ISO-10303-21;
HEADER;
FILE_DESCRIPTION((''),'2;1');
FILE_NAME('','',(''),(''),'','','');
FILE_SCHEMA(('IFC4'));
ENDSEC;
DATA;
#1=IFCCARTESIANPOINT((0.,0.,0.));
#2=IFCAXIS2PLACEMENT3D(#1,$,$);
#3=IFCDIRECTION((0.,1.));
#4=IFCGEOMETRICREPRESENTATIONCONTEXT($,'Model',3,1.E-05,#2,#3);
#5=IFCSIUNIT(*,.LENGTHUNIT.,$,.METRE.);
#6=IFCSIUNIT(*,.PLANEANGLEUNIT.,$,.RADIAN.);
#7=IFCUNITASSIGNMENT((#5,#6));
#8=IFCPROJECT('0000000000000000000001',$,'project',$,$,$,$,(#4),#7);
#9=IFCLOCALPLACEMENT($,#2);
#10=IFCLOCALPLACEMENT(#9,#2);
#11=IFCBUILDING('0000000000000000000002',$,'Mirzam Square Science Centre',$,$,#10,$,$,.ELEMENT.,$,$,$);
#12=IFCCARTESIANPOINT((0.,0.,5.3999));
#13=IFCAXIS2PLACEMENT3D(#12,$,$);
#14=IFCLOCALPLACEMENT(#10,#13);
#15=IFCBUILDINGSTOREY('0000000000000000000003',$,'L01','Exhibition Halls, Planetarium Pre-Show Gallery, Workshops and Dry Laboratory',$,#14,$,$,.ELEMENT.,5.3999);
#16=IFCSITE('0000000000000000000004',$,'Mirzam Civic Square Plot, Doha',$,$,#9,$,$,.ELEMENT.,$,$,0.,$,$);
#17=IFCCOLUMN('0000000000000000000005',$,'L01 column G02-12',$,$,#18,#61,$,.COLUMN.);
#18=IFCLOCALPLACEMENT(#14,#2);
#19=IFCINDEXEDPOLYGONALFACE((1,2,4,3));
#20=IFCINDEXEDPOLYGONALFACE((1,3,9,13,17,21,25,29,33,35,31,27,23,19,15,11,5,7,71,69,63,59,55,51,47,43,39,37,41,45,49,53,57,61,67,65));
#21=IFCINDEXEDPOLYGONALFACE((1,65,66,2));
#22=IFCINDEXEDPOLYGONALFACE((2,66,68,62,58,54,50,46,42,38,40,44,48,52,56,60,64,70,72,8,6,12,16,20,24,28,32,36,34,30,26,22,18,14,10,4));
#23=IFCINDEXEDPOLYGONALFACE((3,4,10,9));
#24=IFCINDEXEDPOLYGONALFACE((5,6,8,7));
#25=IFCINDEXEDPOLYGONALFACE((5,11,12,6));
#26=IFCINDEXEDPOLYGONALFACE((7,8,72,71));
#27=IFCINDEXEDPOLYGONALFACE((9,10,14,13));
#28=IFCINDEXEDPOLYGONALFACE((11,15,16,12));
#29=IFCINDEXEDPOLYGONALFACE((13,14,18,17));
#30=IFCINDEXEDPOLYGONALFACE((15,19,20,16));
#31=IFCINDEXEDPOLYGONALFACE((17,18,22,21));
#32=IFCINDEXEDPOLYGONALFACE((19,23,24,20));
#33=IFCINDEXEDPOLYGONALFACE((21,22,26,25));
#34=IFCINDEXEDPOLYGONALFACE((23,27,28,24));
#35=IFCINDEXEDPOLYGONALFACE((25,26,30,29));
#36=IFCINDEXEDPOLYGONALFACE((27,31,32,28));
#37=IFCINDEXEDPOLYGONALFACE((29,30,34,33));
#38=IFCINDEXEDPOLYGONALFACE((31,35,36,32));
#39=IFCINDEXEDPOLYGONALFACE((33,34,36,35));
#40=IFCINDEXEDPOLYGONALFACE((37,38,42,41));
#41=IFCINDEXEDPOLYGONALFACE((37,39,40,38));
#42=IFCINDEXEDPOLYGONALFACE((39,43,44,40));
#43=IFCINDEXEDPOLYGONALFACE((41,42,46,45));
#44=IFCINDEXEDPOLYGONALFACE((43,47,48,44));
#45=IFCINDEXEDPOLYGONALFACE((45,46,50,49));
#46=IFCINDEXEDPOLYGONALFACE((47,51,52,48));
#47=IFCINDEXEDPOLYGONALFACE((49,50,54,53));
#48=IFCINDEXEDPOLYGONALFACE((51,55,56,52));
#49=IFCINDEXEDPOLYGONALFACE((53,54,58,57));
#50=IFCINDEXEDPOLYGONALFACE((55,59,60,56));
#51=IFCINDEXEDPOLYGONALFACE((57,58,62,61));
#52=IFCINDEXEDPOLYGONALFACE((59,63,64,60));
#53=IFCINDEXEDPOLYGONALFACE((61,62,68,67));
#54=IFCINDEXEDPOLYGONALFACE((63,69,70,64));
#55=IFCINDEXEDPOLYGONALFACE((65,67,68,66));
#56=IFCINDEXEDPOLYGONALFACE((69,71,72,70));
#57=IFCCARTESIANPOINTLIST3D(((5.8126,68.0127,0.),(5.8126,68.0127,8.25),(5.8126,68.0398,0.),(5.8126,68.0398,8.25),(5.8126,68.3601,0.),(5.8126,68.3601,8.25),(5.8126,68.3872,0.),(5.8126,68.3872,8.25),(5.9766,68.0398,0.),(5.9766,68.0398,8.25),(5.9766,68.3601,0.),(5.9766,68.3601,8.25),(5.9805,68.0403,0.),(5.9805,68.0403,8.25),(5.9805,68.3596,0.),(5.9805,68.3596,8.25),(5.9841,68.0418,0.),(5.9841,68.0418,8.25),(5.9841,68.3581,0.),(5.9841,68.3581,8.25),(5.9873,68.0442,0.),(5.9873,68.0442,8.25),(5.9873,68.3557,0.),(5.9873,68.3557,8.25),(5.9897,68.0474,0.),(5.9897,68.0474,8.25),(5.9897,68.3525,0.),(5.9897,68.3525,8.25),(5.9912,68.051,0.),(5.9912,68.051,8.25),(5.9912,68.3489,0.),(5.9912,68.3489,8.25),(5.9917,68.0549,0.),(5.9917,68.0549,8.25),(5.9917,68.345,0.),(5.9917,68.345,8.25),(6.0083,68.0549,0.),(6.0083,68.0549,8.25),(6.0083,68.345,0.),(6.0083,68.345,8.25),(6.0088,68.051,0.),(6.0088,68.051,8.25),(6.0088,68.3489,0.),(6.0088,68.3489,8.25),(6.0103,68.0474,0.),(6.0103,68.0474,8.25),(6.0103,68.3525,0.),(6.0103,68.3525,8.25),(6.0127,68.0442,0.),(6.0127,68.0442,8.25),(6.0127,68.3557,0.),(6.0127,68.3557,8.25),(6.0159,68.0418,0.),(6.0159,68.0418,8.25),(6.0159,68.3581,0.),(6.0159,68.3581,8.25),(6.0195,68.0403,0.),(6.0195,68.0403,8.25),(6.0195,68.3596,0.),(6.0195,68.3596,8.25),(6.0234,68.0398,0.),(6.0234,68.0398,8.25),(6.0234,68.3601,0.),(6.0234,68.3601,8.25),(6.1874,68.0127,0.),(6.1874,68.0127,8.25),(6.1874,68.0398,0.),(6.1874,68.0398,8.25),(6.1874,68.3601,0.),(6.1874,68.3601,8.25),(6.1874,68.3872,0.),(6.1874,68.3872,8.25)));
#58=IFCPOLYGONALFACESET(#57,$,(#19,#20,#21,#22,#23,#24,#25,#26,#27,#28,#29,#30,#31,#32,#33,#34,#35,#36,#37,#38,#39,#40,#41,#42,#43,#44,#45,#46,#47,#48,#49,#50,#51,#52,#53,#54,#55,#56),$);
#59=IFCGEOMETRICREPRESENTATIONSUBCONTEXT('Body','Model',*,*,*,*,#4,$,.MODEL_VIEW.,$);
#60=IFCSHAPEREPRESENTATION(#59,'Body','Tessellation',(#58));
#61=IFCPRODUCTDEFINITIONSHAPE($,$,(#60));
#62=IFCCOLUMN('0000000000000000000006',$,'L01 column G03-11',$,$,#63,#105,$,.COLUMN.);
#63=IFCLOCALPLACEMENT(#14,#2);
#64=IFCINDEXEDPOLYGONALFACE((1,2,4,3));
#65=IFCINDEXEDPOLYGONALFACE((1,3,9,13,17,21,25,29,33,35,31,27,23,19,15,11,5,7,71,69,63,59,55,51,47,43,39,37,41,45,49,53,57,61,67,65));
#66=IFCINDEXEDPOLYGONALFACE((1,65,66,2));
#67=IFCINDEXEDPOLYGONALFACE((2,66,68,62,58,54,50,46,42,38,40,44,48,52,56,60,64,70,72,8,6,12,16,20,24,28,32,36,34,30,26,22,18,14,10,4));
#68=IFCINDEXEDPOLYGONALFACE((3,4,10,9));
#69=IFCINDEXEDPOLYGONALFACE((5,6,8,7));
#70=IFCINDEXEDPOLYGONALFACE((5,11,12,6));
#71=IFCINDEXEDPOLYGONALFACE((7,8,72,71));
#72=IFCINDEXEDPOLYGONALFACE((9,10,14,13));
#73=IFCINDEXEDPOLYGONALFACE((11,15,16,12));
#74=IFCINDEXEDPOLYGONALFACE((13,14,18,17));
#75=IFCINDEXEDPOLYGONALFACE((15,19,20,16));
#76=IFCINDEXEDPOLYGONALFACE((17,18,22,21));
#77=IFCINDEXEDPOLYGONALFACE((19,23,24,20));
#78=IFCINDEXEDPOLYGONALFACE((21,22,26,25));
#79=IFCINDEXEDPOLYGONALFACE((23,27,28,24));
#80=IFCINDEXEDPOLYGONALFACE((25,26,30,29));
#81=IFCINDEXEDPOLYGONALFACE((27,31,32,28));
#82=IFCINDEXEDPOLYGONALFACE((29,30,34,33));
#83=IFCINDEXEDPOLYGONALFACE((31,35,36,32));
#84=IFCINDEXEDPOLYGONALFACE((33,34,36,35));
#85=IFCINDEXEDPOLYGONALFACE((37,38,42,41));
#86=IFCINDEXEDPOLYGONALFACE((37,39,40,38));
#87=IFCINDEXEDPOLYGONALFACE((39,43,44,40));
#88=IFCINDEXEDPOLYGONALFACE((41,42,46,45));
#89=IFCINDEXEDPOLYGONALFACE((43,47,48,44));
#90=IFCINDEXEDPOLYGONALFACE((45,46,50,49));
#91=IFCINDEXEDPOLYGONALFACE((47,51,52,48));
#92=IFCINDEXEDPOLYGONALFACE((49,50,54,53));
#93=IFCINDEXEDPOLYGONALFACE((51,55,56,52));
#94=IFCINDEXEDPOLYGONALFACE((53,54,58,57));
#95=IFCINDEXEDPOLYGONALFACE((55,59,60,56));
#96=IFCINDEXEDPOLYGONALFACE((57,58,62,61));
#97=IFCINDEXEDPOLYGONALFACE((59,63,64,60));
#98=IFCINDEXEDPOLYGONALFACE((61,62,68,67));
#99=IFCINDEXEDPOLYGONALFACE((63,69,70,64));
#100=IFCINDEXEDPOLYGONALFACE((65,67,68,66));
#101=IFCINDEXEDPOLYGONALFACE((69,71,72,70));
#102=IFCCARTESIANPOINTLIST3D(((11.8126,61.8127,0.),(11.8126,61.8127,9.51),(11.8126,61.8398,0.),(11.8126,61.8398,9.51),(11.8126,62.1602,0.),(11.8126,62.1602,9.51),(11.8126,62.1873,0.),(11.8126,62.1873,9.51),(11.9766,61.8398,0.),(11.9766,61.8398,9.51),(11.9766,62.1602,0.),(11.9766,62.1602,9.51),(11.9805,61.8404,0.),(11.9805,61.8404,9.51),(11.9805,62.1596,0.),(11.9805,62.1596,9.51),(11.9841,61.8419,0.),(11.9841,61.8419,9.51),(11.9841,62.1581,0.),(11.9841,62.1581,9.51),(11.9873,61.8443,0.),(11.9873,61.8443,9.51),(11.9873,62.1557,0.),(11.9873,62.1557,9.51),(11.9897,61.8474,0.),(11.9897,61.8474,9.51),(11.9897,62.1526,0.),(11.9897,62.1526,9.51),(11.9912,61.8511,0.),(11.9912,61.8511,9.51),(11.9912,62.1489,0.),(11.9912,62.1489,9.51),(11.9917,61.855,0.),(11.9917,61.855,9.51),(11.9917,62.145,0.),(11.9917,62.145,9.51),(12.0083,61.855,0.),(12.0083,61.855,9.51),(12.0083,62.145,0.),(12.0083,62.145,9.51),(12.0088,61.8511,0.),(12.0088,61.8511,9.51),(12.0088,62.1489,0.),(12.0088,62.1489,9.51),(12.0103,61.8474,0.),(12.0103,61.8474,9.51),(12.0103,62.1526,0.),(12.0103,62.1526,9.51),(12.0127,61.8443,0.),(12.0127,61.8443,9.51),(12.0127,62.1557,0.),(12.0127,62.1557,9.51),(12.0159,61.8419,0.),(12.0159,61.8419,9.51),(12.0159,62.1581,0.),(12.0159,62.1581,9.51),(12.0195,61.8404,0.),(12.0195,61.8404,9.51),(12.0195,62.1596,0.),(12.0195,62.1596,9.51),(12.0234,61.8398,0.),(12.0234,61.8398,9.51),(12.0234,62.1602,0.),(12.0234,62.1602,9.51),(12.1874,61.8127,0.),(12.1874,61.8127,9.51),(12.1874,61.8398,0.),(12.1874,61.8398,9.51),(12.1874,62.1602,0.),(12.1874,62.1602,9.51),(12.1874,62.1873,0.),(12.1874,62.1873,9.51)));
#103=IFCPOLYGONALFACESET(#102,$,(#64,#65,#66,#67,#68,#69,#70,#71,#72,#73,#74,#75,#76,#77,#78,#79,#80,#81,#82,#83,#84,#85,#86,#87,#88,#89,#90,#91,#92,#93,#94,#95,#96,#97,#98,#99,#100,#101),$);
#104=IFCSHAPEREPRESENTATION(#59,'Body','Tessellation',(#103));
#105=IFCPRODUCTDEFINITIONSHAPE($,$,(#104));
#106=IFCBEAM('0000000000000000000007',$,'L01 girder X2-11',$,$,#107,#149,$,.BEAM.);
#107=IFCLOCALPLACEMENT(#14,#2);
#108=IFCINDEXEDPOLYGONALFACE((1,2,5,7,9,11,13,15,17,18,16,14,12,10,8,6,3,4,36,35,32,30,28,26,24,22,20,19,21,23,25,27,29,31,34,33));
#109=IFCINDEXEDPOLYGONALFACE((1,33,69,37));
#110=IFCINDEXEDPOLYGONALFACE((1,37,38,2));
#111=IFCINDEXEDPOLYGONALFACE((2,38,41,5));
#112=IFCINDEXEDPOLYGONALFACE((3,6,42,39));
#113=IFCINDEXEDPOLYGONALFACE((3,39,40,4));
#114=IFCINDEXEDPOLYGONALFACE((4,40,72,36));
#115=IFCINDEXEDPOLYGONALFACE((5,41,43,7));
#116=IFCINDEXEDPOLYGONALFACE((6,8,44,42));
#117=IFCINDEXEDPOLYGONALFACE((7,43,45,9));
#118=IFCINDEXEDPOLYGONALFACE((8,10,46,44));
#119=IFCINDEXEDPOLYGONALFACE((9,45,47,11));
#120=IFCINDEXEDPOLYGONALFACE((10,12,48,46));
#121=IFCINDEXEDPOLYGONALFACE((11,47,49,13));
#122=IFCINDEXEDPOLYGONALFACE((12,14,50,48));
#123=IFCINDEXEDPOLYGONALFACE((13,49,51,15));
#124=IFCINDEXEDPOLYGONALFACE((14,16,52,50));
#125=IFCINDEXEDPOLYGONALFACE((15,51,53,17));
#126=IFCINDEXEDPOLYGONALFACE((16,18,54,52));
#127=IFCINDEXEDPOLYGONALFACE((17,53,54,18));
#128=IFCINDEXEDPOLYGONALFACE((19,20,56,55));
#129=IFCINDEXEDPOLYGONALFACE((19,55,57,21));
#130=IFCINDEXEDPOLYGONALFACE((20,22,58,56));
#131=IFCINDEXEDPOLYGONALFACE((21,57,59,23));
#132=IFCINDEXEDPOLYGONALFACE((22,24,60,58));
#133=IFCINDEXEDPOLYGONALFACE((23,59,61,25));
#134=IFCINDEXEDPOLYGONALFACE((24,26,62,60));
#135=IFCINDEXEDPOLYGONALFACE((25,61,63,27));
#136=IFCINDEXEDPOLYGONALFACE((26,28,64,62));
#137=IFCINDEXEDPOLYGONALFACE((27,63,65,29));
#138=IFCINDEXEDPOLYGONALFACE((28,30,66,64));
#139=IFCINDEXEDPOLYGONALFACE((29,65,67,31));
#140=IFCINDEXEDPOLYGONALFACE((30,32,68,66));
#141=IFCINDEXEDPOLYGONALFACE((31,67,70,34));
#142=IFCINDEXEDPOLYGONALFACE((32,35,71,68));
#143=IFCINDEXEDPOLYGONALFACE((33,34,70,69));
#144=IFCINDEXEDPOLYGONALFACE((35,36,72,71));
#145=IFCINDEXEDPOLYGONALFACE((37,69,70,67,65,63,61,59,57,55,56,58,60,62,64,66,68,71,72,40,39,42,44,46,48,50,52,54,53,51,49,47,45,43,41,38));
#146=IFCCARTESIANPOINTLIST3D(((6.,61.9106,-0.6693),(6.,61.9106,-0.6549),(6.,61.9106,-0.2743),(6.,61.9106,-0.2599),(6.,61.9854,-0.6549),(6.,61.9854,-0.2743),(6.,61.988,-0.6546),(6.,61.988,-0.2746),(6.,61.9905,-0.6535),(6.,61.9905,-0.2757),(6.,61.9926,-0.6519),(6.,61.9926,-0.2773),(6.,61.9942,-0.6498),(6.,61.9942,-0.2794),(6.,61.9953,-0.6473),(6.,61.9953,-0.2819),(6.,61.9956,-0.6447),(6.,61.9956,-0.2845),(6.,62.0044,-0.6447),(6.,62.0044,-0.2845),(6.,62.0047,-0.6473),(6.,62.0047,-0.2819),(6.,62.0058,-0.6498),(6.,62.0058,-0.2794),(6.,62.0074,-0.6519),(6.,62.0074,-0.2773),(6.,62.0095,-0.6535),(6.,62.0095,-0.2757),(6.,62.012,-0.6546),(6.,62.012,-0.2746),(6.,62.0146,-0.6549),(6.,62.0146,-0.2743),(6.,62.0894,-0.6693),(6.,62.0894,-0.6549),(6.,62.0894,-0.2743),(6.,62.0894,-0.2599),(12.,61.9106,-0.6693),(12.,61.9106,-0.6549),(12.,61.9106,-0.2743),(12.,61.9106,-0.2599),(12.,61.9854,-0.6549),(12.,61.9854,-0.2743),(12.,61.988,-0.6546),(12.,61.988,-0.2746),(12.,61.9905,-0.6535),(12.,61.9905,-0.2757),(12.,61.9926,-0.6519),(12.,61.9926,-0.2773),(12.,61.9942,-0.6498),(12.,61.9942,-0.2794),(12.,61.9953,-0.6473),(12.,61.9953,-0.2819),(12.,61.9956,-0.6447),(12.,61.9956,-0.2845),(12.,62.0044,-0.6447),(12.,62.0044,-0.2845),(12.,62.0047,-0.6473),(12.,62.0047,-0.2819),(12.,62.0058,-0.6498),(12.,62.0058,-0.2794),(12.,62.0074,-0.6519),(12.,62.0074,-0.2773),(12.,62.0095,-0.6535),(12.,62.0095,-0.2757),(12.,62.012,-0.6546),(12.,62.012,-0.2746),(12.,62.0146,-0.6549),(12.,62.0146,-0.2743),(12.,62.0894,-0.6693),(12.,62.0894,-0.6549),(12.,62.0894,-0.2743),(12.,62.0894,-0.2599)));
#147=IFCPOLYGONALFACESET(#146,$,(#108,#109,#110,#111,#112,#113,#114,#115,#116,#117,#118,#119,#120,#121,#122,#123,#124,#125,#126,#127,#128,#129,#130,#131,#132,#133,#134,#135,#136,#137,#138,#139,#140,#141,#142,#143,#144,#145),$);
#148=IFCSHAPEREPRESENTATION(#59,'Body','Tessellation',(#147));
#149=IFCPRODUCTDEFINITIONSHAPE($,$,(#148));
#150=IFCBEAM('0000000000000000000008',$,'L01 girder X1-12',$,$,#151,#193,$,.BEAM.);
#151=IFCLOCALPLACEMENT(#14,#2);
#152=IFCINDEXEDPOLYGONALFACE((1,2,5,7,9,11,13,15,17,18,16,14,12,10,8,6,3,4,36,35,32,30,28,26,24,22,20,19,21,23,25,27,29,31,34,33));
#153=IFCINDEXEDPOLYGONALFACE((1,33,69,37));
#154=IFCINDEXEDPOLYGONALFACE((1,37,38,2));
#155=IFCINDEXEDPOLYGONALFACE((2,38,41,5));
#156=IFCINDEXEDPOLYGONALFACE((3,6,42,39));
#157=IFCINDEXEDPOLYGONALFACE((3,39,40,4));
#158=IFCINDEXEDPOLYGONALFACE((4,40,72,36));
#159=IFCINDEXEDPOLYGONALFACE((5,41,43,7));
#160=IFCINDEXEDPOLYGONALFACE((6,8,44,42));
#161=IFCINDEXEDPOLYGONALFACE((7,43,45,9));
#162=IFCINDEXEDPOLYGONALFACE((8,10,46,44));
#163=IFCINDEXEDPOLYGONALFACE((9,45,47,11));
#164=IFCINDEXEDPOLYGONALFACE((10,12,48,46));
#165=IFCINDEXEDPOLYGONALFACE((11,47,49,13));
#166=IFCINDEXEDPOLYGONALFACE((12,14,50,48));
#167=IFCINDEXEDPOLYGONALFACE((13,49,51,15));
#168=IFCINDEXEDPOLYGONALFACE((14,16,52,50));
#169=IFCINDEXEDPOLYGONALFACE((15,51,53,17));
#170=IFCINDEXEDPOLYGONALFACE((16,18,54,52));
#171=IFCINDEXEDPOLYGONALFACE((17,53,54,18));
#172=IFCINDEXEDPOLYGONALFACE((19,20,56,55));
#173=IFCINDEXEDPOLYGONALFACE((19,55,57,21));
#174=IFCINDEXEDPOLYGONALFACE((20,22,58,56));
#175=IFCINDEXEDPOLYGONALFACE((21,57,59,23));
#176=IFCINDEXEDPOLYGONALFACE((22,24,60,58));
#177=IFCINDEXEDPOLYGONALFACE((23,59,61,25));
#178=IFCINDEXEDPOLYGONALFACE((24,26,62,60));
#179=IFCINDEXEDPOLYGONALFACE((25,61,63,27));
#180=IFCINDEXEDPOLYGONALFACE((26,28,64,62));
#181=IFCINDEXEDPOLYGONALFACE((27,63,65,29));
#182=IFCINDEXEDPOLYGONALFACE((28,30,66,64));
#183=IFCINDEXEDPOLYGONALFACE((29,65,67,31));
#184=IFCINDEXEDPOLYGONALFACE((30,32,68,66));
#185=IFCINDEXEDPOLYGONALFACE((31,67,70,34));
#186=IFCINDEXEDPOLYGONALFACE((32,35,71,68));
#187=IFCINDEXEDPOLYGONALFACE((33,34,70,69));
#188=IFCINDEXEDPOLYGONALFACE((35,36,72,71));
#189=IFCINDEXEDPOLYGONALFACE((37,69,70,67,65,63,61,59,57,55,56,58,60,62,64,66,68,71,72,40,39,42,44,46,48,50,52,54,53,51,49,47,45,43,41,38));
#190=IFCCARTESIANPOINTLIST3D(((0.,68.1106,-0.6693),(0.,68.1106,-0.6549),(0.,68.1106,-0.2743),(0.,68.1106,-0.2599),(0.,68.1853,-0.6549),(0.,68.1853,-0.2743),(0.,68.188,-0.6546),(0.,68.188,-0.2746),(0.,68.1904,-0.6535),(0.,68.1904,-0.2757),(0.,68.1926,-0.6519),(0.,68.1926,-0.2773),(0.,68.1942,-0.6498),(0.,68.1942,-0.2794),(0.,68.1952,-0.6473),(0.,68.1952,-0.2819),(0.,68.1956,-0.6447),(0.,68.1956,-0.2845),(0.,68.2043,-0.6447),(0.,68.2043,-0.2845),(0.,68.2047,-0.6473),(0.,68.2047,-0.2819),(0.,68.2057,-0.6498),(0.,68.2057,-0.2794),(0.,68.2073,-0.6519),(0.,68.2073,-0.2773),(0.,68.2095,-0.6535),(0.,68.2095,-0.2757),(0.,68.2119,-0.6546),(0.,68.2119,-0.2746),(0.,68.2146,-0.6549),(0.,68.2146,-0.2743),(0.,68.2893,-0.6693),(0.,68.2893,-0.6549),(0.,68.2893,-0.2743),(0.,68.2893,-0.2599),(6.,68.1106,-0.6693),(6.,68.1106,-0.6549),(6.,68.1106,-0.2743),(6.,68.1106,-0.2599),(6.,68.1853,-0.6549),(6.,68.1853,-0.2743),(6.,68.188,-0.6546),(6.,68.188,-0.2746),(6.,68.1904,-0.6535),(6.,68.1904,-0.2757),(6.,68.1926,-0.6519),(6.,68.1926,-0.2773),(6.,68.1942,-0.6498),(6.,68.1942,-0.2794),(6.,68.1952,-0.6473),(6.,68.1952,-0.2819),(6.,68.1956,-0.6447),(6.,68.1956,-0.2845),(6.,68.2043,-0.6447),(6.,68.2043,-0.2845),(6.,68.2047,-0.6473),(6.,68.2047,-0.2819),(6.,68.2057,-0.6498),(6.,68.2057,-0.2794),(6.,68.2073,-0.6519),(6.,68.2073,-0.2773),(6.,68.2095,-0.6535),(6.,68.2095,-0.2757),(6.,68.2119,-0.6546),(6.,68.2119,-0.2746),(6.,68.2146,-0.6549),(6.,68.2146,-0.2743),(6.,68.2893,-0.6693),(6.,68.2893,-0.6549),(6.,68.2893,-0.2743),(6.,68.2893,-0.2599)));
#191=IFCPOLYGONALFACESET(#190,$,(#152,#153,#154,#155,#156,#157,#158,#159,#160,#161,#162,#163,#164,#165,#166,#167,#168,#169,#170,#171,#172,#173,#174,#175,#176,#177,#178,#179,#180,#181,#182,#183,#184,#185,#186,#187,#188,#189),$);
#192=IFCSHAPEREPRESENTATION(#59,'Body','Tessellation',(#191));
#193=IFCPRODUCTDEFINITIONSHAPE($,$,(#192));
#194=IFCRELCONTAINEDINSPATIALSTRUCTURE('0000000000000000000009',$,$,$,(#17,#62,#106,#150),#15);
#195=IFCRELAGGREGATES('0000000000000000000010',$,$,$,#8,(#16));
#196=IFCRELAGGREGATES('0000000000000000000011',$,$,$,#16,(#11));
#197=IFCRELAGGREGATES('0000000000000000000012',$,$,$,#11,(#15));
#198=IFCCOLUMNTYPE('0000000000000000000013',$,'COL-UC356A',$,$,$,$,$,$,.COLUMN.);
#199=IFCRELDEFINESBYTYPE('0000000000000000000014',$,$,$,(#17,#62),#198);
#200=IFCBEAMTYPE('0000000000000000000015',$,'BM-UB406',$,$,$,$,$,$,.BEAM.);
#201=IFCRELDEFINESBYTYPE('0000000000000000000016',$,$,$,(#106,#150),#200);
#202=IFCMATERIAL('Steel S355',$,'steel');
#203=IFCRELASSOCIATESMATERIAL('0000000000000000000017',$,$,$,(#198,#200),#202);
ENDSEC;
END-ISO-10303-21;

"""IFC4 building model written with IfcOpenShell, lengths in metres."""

from ifc_helpers import new_model, si_unit, direction, frame, origin, origin_2d, place, context, subcontext, project, spatial, i_section, extrude, material, material_profile, profile_set, type_object, element, save


model = new_model("IFC4")

# Units and contexts
model_context = context("Model", 3, precision=1e-05, world=origin(), true_north=direction((0.0, 1.0)))
body_context = subcontext(model_context, "Body", "Model", "MODEL_VIEW")
ifc_project = project(units=[si_unit("LENGTHUNIT", "METRE"), si_unit("PLANEANGLEUNIT", "RADIAN")], contexts=[model_context])

# Site, building, storey
site_placement = place(None, origin())
site = spatial("IfcSite", under=ifc_project, at=site_placement, Name="Mirzam Civic Square Plot, Doha", CompositionType="ELEMENT", RefElevation=0.0)
building_placement = place(site_placement, origin())
building = spatial("IfcBuilding", under=site, at=building_placement, Name="Mirzam Square Science Centre", CompositionType="ELEMENT")
storey_placement = place(building_placement, frame((0.0, 0.0, 5.3999)))
storey = spatial("IfcBuildingStorey", under=building, at=storey_placement, Name="L01", Description="Exhibition Halls, Planetarium Pre-Show Gallery, Workshops and Dry Laboratory", CompositionType="ELEMENT", Elevation=5.3999)

# Columns
ifc_material_1 = material(Name="Steel S355", Category="steel")
ifc_material_profile_1 = material_profile(ifc_material_1, i_section(OverallWidth=0.3748, OverallDepth=0.3745, WebThickness=0.0166, FlangeThickness=0.0271, FilletRadius=0.0151, at=origin_2d()), Name="356x368x202UC")
ifc_profile_set_1 = profile_set([ifc_material_profile_1], Name="Steel S355")
column_type_1 = type_object("IfcColumnType", Name="COL-UC356A", PredefinedType="COLUMN", material=ifc_profile_set_1)
column_1_placement = place(storey_placement, frame((6.0, 68.2, 0.0), z_axis=(0.0, 0.0, 1.0), x_axis=(1.0, 0.0, 0.0)))
element("IfcColumn", 1, at=column_1_placement, inside=storey, type_object=column_type_1, Name="L01 column G02-12", PredefinedType="COLUMN", context=body_context, shape_type="SweptSolid", body=[
    extrude(i_section(OverallWidth=0.3748, OverallDepth=0.3745, WebThickness=0.0166, FlangeThickness=0.0271, FilletRadius=0.0151, at=origin_2d()), origin(), (0.0, 0.0, 1.0), 8.25),
])
column_2_placement = place(storey_placement, frame((12.0, 62.0, 0.0), z_axis=(0.0, 0.0, 1.0), x_axis=(1.0, 0.0, 0.0)))
element("IfcColumn", 2, at=column_2_placement, inside=storey, type_object=column_type_1, Name="L01 column G03-11", PredefinedType="COLUMN", context=body_context, shape_type="SweptSolid", body=[
    extrude(i_section(OverallWidth=0.3748, OverallDepth=0.3745, WebThickness=0.0166, FlangeThickness=0.0271, FilletRadius=0.0151, at=origin_2d()), origin(), (0.0, 0.0, 1.0), 9.51),
])

# Beams
ifc_material_profile_2 = material_profile(ifc_material_1, i_section(OverallWidth=0.1787, OverallDepth=0.4094, WebThickness=0.0088, FlangeThickness=0.0144, FilletRadius=0.0103, at=origin_2d()), Name="406x178x67UB")
ifc_profile_set_2 = profile_set([ifc_material_profile_2], Name="Steel S355")
beam_type_1 = type_object("IfcBeamType", Name="BM-UB406", PredefinedType="BEAM", material=ifc_profile_set_2)
for number, where, z_axis, x_axis, name in (
    (3, (6.0, 62.0, -0.4646), (1.0, 0.0, 0.0), (0.0, 1.0, 0.0), "L01 girder X2-11"),
    (4, (0.0, 68.2, -0.4646), (1.0, 0.0, 0.0), (0.0, 1.0, 0.0), "L01 girder X1-12"),
):
    element("IfcBeam", number, at=place(storey_placement, frame(where, z_axis=z_axis, x_axis=x_axis)), inside=storey, type_object=beam_type_1, Name=name, PredefinedType="BEAM", context=body_context, shape_type="SweptSolid", body=[
        extrude(i_section(OverallWidth=0.1787, OverallDepth=0.4094, WebThickness=0.0088, FlangeThickness=0.0144, FilletRadius=0.0103, at=origin_2d()), origin(), (0.0, 0.0, 1.0), 6.0),
    ])

save(model, "model.ifc")
